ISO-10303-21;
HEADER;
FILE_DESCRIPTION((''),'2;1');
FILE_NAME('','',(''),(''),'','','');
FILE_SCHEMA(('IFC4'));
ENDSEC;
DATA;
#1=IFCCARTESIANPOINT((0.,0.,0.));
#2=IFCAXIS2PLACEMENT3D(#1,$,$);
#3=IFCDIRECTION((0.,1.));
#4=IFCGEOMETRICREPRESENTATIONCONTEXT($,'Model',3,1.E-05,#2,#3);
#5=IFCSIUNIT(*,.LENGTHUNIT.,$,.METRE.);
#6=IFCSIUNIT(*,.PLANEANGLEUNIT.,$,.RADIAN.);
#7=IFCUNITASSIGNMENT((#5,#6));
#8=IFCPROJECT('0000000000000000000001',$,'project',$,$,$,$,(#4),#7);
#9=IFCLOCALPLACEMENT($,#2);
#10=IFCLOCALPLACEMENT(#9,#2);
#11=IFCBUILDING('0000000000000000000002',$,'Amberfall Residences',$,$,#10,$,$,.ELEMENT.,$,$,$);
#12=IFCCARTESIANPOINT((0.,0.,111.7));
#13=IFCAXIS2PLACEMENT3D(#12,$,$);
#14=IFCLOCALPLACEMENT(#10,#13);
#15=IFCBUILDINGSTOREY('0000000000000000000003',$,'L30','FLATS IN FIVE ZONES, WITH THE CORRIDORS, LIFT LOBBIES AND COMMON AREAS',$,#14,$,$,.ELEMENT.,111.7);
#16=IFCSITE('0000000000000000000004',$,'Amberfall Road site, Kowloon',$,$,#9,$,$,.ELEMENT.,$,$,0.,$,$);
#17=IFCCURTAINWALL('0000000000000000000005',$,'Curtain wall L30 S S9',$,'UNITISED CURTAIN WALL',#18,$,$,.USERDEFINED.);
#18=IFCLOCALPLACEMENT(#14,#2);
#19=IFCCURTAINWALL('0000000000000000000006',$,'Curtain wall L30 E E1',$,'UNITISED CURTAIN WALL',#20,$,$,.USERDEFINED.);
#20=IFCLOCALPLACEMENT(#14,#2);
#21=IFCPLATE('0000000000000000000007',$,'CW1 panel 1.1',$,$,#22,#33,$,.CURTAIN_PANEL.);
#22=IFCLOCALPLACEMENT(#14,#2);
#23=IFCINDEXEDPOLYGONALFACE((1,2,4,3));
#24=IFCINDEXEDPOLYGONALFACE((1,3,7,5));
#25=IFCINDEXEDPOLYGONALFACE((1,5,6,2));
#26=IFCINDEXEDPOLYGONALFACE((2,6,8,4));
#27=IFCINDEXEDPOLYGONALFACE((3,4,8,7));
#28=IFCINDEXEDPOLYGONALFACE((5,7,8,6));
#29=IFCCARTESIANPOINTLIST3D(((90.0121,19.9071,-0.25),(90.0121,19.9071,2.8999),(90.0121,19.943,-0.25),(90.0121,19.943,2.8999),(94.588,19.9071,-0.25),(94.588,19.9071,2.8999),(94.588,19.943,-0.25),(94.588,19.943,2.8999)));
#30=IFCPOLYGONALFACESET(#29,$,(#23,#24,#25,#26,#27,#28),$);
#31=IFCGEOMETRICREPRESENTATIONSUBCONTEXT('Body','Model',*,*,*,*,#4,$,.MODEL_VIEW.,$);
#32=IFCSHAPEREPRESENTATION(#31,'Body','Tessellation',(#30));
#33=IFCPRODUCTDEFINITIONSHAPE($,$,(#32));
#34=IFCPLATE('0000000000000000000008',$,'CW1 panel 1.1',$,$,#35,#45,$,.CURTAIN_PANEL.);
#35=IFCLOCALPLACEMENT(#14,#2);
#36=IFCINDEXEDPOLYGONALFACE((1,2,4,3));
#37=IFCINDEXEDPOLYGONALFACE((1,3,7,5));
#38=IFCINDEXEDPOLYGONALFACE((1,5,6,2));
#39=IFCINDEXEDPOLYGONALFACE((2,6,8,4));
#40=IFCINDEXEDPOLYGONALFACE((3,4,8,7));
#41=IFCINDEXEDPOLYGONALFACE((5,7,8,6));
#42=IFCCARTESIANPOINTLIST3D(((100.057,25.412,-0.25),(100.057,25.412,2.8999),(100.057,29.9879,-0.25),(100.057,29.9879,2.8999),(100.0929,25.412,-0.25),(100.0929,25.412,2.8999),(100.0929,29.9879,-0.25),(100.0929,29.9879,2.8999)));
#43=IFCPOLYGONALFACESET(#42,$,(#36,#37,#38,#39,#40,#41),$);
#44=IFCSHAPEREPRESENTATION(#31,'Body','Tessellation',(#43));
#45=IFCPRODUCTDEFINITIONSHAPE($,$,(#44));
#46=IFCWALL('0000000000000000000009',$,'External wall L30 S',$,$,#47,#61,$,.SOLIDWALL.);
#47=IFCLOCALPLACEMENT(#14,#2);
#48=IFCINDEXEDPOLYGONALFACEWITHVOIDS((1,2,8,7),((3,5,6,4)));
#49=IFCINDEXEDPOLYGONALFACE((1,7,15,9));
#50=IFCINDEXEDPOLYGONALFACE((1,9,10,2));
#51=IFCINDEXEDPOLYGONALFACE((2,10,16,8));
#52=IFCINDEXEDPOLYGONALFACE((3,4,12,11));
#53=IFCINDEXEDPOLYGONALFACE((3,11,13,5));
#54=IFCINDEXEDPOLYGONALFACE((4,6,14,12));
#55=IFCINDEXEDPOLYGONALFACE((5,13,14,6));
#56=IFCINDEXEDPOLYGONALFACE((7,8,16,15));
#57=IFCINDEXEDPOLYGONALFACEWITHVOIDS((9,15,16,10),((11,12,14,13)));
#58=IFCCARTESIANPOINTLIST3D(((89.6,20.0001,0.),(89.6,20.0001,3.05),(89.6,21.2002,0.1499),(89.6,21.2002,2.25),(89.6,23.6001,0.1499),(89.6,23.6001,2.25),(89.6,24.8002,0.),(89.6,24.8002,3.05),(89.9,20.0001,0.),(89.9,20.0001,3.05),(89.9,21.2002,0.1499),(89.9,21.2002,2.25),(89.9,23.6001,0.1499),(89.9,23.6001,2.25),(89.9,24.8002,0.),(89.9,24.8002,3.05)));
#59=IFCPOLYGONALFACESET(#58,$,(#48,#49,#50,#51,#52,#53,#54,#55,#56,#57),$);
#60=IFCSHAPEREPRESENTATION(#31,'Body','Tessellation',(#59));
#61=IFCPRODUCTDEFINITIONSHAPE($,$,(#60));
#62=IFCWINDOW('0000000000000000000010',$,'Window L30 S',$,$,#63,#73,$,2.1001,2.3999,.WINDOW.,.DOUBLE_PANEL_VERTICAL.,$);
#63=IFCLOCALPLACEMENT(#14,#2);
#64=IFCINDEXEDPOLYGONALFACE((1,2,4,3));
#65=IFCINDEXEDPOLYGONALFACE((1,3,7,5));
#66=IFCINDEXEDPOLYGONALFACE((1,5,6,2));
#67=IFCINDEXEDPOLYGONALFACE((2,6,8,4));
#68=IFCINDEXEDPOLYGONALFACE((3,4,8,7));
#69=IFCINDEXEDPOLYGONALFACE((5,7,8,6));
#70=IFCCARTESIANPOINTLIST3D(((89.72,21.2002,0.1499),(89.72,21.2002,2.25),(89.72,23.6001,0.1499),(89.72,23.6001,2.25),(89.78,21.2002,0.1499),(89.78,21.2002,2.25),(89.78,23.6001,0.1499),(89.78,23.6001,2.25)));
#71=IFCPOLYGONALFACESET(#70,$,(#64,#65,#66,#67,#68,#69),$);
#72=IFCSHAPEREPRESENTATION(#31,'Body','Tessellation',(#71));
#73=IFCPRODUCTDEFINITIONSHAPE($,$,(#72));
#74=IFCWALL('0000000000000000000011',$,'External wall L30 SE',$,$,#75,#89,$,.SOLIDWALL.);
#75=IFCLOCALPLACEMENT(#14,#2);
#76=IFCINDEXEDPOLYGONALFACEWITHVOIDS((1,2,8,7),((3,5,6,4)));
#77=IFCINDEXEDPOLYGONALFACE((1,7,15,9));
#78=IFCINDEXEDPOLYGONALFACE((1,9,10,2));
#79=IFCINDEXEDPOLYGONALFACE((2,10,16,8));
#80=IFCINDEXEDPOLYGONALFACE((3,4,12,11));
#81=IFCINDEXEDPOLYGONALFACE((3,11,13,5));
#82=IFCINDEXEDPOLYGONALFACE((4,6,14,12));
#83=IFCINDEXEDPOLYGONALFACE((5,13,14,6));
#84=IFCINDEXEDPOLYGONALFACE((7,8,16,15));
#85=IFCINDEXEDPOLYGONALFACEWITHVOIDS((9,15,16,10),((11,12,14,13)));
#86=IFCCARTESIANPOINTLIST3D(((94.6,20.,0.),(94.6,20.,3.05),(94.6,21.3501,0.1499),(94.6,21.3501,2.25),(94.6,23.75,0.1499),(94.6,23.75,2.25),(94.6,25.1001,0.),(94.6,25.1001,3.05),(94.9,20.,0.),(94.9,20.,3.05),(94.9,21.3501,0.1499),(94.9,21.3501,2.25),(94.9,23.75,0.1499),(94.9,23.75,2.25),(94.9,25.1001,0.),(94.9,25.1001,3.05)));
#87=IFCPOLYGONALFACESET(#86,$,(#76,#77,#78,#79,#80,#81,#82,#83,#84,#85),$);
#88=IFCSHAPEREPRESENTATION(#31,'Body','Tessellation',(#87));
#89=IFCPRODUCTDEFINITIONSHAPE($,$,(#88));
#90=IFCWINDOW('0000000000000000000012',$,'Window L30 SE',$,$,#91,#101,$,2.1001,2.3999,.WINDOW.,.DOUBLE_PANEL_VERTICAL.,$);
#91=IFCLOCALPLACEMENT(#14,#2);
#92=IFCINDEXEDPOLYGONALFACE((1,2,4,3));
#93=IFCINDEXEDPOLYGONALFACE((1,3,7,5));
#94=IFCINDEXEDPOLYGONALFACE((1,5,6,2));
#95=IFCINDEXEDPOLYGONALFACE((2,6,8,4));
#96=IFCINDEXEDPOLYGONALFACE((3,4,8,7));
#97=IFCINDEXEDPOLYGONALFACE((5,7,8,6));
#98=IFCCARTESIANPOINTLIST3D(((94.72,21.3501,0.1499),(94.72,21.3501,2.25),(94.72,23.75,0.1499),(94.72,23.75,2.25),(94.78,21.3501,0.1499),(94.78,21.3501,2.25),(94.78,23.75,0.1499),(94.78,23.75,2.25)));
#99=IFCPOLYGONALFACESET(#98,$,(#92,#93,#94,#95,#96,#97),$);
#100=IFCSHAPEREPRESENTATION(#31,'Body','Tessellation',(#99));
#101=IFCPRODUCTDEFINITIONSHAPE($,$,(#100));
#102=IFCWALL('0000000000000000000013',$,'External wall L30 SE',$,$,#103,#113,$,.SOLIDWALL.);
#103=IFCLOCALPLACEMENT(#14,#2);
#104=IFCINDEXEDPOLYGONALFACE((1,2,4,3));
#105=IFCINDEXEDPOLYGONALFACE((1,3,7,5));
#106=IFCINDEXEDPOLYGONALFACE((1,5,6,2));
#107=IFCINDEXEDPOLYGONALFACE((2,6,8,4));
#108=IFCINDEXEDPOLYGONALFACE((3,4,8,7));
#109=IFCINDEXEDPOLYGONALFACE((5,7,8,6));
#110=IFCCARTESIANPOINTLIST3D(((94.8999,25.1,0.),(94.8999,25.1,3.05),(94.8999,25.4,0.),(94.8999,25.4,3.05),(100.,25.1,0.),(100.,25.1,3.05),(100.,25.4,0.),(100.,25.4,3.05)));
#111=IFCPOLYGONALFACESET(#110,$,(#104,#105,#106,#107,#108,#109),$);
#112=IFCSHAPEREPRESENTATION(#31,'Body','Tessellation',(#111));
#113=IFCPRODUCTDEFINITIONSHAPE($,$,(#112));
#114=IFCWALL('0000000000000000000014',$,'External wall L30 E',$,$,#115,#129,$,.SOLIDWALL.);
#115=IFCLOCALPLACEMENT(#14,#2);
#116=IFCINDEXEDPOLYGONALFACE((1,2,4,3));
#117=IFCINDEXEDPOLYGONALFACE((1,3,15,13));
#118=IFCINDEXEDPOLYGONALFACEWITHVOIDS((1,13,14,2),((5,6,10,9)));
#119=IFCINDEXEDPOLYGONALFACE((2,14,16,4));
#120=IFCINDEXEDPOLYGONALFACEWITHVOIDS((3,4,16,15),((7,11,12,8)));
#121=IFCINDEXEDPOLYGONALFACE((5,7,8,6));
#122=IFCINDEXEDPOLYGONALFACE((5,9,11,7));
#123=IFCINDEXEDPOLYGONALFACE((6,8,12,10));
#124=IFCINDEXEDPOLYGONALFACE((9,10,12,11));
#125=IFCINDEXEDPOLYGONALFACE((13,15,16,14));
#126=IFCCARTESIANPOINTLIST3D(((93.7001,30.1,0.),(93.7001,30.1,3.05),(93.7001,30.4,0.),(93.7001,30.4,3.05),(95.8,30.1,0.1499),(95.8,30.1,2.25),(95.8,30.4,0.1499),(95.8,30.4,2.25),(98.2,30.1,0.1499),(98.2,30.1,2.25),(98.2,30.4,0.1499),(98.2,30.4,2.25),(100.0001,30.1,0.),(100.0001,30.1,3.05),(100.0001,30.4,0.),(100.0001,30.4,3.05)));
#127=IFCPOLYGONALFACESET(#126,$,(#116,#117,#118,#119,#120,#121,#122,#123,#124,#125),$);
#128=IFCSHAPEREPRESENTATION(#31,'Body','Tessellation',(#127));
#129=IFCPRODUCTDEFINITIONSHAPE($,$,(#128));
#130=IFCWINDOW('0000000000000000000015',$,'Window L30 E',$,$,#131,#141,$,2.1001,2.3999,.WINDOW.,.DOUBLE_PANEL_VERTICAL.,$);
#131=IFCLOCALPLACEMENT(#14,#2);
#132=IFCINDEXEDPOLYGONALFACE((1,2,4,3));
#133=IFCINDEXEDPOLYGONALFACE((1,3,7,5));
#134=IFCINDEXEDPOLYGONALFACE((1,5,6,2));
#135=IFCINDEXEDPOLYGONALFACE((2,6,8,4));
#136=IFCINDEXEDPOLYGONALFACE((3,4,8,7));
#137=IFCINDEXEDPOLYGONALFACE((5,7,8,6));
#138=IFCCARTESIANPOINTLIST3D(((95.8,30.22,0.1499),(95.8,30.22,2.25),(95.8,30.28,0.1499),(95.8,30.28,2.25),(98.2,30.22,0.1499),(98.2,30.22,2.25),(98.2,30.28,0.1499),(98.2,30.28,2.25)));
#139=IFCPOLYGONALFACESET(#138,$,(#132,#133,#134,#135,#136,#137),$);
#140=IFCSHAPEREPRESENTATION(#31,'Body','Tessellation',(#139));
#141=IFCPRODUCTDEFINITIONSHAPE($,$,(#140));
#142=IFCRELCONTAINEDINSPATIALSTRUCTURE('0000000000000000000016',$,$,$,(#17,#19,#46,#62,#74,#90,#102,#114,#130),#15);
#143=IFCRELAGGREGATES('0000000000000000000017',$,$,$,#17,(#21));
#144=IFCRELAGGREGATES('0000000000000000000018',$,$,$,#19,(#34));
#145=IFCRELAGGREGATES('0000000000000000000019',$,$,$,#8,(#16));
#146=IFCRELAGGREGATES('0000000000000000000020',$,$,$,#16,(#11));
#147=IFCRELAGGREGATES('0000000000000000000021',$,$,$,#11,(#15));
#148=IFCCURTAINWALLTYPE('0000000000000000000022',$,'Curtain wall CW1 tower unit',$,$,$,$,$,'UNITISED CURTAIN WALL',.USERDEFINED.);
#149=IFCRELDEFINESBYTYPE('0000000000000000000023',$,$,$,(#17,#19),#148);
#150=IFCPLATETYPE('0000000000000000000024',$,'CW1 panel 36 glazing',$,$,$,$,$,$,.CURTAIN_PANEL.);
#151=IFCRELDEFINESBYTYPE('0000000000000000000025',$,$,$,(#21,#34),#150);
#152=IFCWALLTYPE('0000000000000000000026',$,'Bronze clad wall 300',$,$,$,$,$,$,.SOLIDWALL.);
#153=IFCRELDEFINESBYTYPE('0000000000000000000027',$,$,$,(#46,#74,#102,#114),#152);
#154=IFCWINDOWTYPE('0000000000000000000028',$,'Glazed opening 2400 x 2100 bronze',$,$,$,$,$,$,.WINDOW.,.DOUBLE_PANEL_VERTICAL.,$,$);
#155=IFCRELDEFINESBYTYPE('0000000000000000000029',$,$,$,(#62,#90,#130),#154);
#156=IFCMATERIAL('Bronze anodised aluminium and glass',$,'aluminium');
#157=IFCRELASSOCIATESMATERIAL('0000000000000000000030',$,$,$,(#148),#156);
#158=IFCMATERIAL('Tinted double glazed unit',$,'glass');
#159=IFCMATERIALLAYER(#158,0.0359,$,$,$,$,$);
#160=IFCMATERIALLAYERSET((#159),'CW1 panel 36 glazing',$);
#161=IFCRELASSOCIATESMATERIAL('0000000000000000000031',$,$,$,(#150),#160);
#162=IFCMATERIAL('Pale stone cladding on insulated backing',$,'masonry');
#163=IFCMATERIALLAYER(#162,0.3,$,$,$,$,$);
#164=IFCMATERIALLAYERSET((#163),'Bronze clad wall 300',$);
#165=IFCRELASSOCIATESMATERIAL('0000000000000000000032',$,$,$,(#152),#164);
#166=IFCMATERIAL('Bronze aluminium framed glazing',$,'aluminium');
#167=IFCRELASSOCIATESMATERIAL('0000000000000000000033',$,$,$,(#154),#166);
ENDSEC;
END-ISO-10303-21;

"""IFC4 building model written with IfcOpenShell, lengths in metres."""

from ifc_helpers import new_model, si_unit, direction, frame, frame_2d, origin, origin_2d, place, context, subcontext, project, spatial, rectangle, extrude, material, layer, layer_set, type_object, element, fill, aggregate, save


model = new_model("IFC4")

# Units and contexts
model_context = context("Model", 3, precision=1e-05, world=origin(), true_north=direction((0.0, 1.0)))
body_context = subcontext(model_context, "Body", "Model", "MODEL_VIEW")
ifc_project = project(units=[si_unit("LENGTHUNIT", "METRE"), si_unit("PLANEANGLEUNIT", "RADIAN")], contexts=[model_context])

# Site, building, storey
site_placement = place(None, origin())
site = spatial("IfcSite", under=ifc_project, at=site_placement, Name="Amberfall Road site, Kowloon", CompositionType="ELEMENT", RefElevation=0.0)
building_placement = place(site_placement, origin())
building = spatial("IfcBuilding", under=site, at=building_placement, Name="Amberfall Residences", CompositionType="ELEMENT")
storey_placement = place(building_placement, frame((0.0, 0.0, 111.7)))
storey = spatial("IfcBuildingStorey", under=building, at=storey_placement, Name="L30", Description="FLATS IN FIVE ZONES, WITH THE CORRIDORS, LIFT LOBBIES AND COMMON AREAS", CompositionType="ELEMENT", Elevation=111.7)

# Curtain walls
ifc_material_1 = material(Name="Bronze anodised aluminium and glass", Category="aluminium")
curtain_wall_type = type_object("IfcCurtainWallType", Name="Curtain wall CW1 tower unit", ElementType="UNITISED CURTAIN WALL", PredefinedType="USERDEFINED", material=ifc_material_1)
curtain_wall_1_placement = place(storey_placement, origin())
curtain_wall_1 = element("IfcCurtainWall", 1, at=curtain_wall_1_placement, inside=storey, type_object=curtain_wall_type, Name="Curtain wall L30 S S9", ObjectType="UNITISED CURTAIN WALL", PredefinedType="USERDEFINED")
curtain_wall_2_placement = place(storey_placement, origin())
curtain_wall_2 = element("IfcCurtainWall", 2, at=curtain_wall_2_placement, inside=storey, type_object=curtain_wall_type, Name="Curtain wall L30 E E1", ObjectType="UNITISED CURTAIN WALL", PredefinedType="USERDEFINED")

# Plates
ifc_material_2 = material(Name="Tinted double glazed unit", Category="glass")
ifc_layer_1 = layer(ifc_material_2, 0.0359)
ifc_layer_set_1 = layer_set([ifc_layer_1], Name="CW1 panel 36 glazing")
plate_type = type_object("IfcPlateType", Name="CW1 panel 36 glazing", PredefinedType="CURTAIN_PANEL", material=ifc_layer_set_1)
plate_1_placement = place(storey_placement, frame((92.3, 19.925, -0.25), z_axis=(0.0, 0.0, 1.0), x_axis=(1.0, 0.0, 0.0)))
plate_1 = element("IfcPlate", 3, at=plate_1_placement, type_object=plate_type, Name="CW1 panel 1.1", PredefinedType="CURTAIN_PANEL", context=body_context, shape_type="SweptSolid", body=[
    extrude(rectangle(XDim=4.5759, YDim=0.0359, at=origin_2d()), origin(), (0.0, 0.0, 1.0), 3.1499),
])
aggregate(curtain_wall_1, [plate_1])
plate_2_placement = place(storey_placement, frame((100.075, 27.7, -0.25), z_axis=(0.0, 0.0, 1.0), x_axis=(0.0, 1.0, 0.0)))
plate_2 = element("IfcPlate", 4, at=plate_2_placement, type_object=plate_type, Name="CW1 panel 1.1", PredefinedType="CURTAIN_PANEL", context=body_context, shape_type="SweptSolid", body=[
    extrude(rectangle(XDim=4.5759, YDim=0.0359, at=origin_2d()), origin(), (0.0, 0.0, 1.0), 3.1499),
])
aggregate(curtain_wall_2, [plate_2])

# Walls, openings, windows
ifc_material_3 = material(Name="Pale stone cladding on insulated backing", Category="masonry")
ifc_layer_2 = layer(ifc_material_3, 0.3)
ifc_layer_set_2 = layer_set([ifc_layer_2], Name="Bronze clad wall 300")
wall_type_1 = type_object("IfcWallType", Name="Bronze clad wall 300", PredefinedType="SOLIDWALL", material=ifc_layer_set_2)
wall_1_placement = place(storey_placement, frame((89.75, 24.8, 0.0), z_axis=(0.0, 0.0, 1.0), x_axis=(0.0, -1.0, 0.0)))
wall_1 = element("IfcWall", 5, at=wall_1_placement, inside=storey, type_object=wall_type_1, Name="External wall L30 S", PredefinedType="SOLIDWALL", context=body_context, shape_type="SweptSolid", body=[
    extrude(rectangle(XDim=4.8, YDim=0.3, at=frame_2d((2.3999, 0.0))), origin(), (0.0, 0.0, 1.0), 3.05),
])
opening_1_placement = place(wall_1_placement, frame((1.2, 0.0, 0.1499)))
opening_1 = element("IfcOpeningElement", 6, at=opening_1_placement, cuts=wall_1, PredefinedType="OPENING", context=body_context, shape_type="SweptSolid", body=[
    extrude(rectangle(XDim=2.3999, YDim=2.1001, at=frame_2d((1.2, 1.05))), frame((0.0, 0.1599, 0.0), z_axis=(0.0, -1.0, 0.0), x_axis=(1.0, 0.0, 0.0)), (0.0, 0.0, 1.0), 0.3201),
])
ifc_material_4 = material(Name="Bronze aluminium framed glazing", Category="aluminium")
window_type_1 = type_object("IfcWindowType", Name="Glazed opening 2400 x 2100 bronze", PartitioningType="DOUBLE_PANEL_VERTICAL", PredefinedType="WINDOW", material=ifc_material_4)
window_1_placement = place(opening_1_placement, origin())
window_1 = element("IfcWindow", 7, at=window_1_placement, inside=storey, type_object=window_type_1, Name="Window L30 S", OverallHeight=2.1001, OverallWidth=2.3999, PartitioningType="DOUBLE_PANEL_VERTICAL", PredefinedType="WINDOW", context=body_context, shape_type="SweptSolid", body=[
    extrude(rectangle(XDim=2.3999, YDim=2.1001, at=frame_2d((1.2, 1.05))), frame((0.0, 0.03, 0.0), z_axis=(0.0, -1.0, 0.0), x_axis=(1.0, 0.0, 0.0)), (0.0, 0.0, 1.0), 0.0601),
])
fill(opening_1, window_1)
wall_2_placement = place(storey_placement, frame((94.75, 20.0, 0.0), z_axis=(0.0, 0.0, 1.0), x_axis=(0.0, 1.0, 0.0)))
wall_2 = element("IfcWall", 8, at=wall_2_placement, inside=storey, type_object=wall_type_1, Name="External wall L30 SE", PredefinedType="SOLIDWALL", context=body_context, shape_type="SweptSolid", body=[
    extrude(rectangle(XDim=5.1001, YDim=0.3, at=frame_2d((2.55, 0.0))), origin(), (0.0, 0.0, 1.0), 3.05),
])
opening_2_placement = place(wall_2_placement, frame((1.3501, 0.0, 0.1499)))
opening_2 = element("IfcOpeningElement", 9, at=opening_2_placement, cuts=wall_2, PredefinedType="OPENING", context=body_context, shape_type="SweptSolid", body=[
    extrude(rectangle(XDim=2.3999, YDim=2.1001, at=frame_2d((1.2, 1.05))), frame((0.0, 0.1599, 0.0), z_axis=(0.0, -1.0, 0.0), x_axis=(1.0, 0.0, 0.0)), (0.0, 0.0, 1.0), 0.3201),
])
window_2_placement = place(opening_2_placement, origin())
window_2 = element("IfcWindow", 10, at=window_2_placement, inside=storey, type_object=window_type_1, Name="Window L30 SE", OverallHeight=2.1001, OverallWidth=2.3999, PartitioningType="DOUBLE_PANEL_VERTICAL", PredefinedType="WINDOW", context=body_context, shape_type="SweptSolid", body=[
    extrude(rectangle(XDim=2.3999, YDim=2.1001, at=frame_2d((1.2, 1.05))), frame((0.0, 0.03, 0.0), z_axis=(0.0, -1.0, 0.0), x_axis=(1.0, 0.0, 0.0)), (0.0, 0.0, 1.0), 0.0601),
])
fill(opening_2, window_2)

# Wall
wall_3_placement = place(storey_placement, frame((94.8999, 25.25, 0.0), z_axis=(0.0, 0.0, 1.0), x_axis=(1.0, 0.0, 0.0)))
element("IfcWall", 11, at=wall_3_placement, inside=storey, type_object=wall_type_1, Name="External wall L30 SE", PredefinedType="SOLIDWALL", context=body_context, shape_type="SweptSolid", body=[
    extrude(rectangle(XDim=5.1001, YDim=0.3, at=frame_2d((2.55, 0.0))), origin(), (0.0, 0.0, 1.0), 3.05),
])

# Wall, opening, window
wall_4_placement = place(storey_placement, frame((100.0, 30.25, 0.0), z_axis=(0.0, 0.0, 1.0), x_axis=(-1.0, 0.0, 0.0)))
wall_4 = element("IfcWall", 12, at=wall_4_placement, inside=storey, type_object=wall_type_1, Name="External wall L30 E", PredefinedType="SOLIDWALL", context=body_context, shape_type="SweptSolid", body=[
    extrude(rectangle(XDim=6.3, YDim=0.3, at=frame_2d((3.1499, 0.0))), origin(), (0.0, 0.0, 1.0), 3.05),
])
opening_3_placement = place(wall_4_placement, frame((1.8, 0.0, 0.1499)))
opening_3 = element("IfcOpeningElement", 13, at=opening_3_placement, cuts=wall_4, PredefinedType="OPENING", context=body_context, shape_type="SweptSolid", body=[
    extrude(rectangle(XDim=2.3999, YDim=2.1001, at=frame_2d((1.2, 1.05))), frame((0.0, 0.1599, 0.0), z_axis=(0.0, -1.0, 0.0), x_axis=(1.0, 0.0, 0.0)), (0.0, 0.0, 1.0), 0.3201),
])
window_3_placement = place(opening_3_placement, origin())
window_3 = element("IfcWindow", 14, at=window_3_placement, inside=storey, type_object=window_type_1, Name="Window L30 E", OverallHeight=2.1001, OverallWidth=2.3999, PartitioningType="DOUBLE_PANEL_VERTICAL", PredefinedType="WINDOW", context=body_context, shape_type="SweptSolid", body=[
    extrude(rectangle(XDim=2.3999, YDim=2.1001, at=frame_2d((1.2, 1.05))), frame((0.0, 0.03, 0.0), z_axis=(0.0, -1.0, 0.0), x_axis=(1.0, 0.0, 0.0)), (0.0, 0.0, 1.0), 0.0601),
])
fill(opening_3, window_3)

save(model, "model.ifc")
